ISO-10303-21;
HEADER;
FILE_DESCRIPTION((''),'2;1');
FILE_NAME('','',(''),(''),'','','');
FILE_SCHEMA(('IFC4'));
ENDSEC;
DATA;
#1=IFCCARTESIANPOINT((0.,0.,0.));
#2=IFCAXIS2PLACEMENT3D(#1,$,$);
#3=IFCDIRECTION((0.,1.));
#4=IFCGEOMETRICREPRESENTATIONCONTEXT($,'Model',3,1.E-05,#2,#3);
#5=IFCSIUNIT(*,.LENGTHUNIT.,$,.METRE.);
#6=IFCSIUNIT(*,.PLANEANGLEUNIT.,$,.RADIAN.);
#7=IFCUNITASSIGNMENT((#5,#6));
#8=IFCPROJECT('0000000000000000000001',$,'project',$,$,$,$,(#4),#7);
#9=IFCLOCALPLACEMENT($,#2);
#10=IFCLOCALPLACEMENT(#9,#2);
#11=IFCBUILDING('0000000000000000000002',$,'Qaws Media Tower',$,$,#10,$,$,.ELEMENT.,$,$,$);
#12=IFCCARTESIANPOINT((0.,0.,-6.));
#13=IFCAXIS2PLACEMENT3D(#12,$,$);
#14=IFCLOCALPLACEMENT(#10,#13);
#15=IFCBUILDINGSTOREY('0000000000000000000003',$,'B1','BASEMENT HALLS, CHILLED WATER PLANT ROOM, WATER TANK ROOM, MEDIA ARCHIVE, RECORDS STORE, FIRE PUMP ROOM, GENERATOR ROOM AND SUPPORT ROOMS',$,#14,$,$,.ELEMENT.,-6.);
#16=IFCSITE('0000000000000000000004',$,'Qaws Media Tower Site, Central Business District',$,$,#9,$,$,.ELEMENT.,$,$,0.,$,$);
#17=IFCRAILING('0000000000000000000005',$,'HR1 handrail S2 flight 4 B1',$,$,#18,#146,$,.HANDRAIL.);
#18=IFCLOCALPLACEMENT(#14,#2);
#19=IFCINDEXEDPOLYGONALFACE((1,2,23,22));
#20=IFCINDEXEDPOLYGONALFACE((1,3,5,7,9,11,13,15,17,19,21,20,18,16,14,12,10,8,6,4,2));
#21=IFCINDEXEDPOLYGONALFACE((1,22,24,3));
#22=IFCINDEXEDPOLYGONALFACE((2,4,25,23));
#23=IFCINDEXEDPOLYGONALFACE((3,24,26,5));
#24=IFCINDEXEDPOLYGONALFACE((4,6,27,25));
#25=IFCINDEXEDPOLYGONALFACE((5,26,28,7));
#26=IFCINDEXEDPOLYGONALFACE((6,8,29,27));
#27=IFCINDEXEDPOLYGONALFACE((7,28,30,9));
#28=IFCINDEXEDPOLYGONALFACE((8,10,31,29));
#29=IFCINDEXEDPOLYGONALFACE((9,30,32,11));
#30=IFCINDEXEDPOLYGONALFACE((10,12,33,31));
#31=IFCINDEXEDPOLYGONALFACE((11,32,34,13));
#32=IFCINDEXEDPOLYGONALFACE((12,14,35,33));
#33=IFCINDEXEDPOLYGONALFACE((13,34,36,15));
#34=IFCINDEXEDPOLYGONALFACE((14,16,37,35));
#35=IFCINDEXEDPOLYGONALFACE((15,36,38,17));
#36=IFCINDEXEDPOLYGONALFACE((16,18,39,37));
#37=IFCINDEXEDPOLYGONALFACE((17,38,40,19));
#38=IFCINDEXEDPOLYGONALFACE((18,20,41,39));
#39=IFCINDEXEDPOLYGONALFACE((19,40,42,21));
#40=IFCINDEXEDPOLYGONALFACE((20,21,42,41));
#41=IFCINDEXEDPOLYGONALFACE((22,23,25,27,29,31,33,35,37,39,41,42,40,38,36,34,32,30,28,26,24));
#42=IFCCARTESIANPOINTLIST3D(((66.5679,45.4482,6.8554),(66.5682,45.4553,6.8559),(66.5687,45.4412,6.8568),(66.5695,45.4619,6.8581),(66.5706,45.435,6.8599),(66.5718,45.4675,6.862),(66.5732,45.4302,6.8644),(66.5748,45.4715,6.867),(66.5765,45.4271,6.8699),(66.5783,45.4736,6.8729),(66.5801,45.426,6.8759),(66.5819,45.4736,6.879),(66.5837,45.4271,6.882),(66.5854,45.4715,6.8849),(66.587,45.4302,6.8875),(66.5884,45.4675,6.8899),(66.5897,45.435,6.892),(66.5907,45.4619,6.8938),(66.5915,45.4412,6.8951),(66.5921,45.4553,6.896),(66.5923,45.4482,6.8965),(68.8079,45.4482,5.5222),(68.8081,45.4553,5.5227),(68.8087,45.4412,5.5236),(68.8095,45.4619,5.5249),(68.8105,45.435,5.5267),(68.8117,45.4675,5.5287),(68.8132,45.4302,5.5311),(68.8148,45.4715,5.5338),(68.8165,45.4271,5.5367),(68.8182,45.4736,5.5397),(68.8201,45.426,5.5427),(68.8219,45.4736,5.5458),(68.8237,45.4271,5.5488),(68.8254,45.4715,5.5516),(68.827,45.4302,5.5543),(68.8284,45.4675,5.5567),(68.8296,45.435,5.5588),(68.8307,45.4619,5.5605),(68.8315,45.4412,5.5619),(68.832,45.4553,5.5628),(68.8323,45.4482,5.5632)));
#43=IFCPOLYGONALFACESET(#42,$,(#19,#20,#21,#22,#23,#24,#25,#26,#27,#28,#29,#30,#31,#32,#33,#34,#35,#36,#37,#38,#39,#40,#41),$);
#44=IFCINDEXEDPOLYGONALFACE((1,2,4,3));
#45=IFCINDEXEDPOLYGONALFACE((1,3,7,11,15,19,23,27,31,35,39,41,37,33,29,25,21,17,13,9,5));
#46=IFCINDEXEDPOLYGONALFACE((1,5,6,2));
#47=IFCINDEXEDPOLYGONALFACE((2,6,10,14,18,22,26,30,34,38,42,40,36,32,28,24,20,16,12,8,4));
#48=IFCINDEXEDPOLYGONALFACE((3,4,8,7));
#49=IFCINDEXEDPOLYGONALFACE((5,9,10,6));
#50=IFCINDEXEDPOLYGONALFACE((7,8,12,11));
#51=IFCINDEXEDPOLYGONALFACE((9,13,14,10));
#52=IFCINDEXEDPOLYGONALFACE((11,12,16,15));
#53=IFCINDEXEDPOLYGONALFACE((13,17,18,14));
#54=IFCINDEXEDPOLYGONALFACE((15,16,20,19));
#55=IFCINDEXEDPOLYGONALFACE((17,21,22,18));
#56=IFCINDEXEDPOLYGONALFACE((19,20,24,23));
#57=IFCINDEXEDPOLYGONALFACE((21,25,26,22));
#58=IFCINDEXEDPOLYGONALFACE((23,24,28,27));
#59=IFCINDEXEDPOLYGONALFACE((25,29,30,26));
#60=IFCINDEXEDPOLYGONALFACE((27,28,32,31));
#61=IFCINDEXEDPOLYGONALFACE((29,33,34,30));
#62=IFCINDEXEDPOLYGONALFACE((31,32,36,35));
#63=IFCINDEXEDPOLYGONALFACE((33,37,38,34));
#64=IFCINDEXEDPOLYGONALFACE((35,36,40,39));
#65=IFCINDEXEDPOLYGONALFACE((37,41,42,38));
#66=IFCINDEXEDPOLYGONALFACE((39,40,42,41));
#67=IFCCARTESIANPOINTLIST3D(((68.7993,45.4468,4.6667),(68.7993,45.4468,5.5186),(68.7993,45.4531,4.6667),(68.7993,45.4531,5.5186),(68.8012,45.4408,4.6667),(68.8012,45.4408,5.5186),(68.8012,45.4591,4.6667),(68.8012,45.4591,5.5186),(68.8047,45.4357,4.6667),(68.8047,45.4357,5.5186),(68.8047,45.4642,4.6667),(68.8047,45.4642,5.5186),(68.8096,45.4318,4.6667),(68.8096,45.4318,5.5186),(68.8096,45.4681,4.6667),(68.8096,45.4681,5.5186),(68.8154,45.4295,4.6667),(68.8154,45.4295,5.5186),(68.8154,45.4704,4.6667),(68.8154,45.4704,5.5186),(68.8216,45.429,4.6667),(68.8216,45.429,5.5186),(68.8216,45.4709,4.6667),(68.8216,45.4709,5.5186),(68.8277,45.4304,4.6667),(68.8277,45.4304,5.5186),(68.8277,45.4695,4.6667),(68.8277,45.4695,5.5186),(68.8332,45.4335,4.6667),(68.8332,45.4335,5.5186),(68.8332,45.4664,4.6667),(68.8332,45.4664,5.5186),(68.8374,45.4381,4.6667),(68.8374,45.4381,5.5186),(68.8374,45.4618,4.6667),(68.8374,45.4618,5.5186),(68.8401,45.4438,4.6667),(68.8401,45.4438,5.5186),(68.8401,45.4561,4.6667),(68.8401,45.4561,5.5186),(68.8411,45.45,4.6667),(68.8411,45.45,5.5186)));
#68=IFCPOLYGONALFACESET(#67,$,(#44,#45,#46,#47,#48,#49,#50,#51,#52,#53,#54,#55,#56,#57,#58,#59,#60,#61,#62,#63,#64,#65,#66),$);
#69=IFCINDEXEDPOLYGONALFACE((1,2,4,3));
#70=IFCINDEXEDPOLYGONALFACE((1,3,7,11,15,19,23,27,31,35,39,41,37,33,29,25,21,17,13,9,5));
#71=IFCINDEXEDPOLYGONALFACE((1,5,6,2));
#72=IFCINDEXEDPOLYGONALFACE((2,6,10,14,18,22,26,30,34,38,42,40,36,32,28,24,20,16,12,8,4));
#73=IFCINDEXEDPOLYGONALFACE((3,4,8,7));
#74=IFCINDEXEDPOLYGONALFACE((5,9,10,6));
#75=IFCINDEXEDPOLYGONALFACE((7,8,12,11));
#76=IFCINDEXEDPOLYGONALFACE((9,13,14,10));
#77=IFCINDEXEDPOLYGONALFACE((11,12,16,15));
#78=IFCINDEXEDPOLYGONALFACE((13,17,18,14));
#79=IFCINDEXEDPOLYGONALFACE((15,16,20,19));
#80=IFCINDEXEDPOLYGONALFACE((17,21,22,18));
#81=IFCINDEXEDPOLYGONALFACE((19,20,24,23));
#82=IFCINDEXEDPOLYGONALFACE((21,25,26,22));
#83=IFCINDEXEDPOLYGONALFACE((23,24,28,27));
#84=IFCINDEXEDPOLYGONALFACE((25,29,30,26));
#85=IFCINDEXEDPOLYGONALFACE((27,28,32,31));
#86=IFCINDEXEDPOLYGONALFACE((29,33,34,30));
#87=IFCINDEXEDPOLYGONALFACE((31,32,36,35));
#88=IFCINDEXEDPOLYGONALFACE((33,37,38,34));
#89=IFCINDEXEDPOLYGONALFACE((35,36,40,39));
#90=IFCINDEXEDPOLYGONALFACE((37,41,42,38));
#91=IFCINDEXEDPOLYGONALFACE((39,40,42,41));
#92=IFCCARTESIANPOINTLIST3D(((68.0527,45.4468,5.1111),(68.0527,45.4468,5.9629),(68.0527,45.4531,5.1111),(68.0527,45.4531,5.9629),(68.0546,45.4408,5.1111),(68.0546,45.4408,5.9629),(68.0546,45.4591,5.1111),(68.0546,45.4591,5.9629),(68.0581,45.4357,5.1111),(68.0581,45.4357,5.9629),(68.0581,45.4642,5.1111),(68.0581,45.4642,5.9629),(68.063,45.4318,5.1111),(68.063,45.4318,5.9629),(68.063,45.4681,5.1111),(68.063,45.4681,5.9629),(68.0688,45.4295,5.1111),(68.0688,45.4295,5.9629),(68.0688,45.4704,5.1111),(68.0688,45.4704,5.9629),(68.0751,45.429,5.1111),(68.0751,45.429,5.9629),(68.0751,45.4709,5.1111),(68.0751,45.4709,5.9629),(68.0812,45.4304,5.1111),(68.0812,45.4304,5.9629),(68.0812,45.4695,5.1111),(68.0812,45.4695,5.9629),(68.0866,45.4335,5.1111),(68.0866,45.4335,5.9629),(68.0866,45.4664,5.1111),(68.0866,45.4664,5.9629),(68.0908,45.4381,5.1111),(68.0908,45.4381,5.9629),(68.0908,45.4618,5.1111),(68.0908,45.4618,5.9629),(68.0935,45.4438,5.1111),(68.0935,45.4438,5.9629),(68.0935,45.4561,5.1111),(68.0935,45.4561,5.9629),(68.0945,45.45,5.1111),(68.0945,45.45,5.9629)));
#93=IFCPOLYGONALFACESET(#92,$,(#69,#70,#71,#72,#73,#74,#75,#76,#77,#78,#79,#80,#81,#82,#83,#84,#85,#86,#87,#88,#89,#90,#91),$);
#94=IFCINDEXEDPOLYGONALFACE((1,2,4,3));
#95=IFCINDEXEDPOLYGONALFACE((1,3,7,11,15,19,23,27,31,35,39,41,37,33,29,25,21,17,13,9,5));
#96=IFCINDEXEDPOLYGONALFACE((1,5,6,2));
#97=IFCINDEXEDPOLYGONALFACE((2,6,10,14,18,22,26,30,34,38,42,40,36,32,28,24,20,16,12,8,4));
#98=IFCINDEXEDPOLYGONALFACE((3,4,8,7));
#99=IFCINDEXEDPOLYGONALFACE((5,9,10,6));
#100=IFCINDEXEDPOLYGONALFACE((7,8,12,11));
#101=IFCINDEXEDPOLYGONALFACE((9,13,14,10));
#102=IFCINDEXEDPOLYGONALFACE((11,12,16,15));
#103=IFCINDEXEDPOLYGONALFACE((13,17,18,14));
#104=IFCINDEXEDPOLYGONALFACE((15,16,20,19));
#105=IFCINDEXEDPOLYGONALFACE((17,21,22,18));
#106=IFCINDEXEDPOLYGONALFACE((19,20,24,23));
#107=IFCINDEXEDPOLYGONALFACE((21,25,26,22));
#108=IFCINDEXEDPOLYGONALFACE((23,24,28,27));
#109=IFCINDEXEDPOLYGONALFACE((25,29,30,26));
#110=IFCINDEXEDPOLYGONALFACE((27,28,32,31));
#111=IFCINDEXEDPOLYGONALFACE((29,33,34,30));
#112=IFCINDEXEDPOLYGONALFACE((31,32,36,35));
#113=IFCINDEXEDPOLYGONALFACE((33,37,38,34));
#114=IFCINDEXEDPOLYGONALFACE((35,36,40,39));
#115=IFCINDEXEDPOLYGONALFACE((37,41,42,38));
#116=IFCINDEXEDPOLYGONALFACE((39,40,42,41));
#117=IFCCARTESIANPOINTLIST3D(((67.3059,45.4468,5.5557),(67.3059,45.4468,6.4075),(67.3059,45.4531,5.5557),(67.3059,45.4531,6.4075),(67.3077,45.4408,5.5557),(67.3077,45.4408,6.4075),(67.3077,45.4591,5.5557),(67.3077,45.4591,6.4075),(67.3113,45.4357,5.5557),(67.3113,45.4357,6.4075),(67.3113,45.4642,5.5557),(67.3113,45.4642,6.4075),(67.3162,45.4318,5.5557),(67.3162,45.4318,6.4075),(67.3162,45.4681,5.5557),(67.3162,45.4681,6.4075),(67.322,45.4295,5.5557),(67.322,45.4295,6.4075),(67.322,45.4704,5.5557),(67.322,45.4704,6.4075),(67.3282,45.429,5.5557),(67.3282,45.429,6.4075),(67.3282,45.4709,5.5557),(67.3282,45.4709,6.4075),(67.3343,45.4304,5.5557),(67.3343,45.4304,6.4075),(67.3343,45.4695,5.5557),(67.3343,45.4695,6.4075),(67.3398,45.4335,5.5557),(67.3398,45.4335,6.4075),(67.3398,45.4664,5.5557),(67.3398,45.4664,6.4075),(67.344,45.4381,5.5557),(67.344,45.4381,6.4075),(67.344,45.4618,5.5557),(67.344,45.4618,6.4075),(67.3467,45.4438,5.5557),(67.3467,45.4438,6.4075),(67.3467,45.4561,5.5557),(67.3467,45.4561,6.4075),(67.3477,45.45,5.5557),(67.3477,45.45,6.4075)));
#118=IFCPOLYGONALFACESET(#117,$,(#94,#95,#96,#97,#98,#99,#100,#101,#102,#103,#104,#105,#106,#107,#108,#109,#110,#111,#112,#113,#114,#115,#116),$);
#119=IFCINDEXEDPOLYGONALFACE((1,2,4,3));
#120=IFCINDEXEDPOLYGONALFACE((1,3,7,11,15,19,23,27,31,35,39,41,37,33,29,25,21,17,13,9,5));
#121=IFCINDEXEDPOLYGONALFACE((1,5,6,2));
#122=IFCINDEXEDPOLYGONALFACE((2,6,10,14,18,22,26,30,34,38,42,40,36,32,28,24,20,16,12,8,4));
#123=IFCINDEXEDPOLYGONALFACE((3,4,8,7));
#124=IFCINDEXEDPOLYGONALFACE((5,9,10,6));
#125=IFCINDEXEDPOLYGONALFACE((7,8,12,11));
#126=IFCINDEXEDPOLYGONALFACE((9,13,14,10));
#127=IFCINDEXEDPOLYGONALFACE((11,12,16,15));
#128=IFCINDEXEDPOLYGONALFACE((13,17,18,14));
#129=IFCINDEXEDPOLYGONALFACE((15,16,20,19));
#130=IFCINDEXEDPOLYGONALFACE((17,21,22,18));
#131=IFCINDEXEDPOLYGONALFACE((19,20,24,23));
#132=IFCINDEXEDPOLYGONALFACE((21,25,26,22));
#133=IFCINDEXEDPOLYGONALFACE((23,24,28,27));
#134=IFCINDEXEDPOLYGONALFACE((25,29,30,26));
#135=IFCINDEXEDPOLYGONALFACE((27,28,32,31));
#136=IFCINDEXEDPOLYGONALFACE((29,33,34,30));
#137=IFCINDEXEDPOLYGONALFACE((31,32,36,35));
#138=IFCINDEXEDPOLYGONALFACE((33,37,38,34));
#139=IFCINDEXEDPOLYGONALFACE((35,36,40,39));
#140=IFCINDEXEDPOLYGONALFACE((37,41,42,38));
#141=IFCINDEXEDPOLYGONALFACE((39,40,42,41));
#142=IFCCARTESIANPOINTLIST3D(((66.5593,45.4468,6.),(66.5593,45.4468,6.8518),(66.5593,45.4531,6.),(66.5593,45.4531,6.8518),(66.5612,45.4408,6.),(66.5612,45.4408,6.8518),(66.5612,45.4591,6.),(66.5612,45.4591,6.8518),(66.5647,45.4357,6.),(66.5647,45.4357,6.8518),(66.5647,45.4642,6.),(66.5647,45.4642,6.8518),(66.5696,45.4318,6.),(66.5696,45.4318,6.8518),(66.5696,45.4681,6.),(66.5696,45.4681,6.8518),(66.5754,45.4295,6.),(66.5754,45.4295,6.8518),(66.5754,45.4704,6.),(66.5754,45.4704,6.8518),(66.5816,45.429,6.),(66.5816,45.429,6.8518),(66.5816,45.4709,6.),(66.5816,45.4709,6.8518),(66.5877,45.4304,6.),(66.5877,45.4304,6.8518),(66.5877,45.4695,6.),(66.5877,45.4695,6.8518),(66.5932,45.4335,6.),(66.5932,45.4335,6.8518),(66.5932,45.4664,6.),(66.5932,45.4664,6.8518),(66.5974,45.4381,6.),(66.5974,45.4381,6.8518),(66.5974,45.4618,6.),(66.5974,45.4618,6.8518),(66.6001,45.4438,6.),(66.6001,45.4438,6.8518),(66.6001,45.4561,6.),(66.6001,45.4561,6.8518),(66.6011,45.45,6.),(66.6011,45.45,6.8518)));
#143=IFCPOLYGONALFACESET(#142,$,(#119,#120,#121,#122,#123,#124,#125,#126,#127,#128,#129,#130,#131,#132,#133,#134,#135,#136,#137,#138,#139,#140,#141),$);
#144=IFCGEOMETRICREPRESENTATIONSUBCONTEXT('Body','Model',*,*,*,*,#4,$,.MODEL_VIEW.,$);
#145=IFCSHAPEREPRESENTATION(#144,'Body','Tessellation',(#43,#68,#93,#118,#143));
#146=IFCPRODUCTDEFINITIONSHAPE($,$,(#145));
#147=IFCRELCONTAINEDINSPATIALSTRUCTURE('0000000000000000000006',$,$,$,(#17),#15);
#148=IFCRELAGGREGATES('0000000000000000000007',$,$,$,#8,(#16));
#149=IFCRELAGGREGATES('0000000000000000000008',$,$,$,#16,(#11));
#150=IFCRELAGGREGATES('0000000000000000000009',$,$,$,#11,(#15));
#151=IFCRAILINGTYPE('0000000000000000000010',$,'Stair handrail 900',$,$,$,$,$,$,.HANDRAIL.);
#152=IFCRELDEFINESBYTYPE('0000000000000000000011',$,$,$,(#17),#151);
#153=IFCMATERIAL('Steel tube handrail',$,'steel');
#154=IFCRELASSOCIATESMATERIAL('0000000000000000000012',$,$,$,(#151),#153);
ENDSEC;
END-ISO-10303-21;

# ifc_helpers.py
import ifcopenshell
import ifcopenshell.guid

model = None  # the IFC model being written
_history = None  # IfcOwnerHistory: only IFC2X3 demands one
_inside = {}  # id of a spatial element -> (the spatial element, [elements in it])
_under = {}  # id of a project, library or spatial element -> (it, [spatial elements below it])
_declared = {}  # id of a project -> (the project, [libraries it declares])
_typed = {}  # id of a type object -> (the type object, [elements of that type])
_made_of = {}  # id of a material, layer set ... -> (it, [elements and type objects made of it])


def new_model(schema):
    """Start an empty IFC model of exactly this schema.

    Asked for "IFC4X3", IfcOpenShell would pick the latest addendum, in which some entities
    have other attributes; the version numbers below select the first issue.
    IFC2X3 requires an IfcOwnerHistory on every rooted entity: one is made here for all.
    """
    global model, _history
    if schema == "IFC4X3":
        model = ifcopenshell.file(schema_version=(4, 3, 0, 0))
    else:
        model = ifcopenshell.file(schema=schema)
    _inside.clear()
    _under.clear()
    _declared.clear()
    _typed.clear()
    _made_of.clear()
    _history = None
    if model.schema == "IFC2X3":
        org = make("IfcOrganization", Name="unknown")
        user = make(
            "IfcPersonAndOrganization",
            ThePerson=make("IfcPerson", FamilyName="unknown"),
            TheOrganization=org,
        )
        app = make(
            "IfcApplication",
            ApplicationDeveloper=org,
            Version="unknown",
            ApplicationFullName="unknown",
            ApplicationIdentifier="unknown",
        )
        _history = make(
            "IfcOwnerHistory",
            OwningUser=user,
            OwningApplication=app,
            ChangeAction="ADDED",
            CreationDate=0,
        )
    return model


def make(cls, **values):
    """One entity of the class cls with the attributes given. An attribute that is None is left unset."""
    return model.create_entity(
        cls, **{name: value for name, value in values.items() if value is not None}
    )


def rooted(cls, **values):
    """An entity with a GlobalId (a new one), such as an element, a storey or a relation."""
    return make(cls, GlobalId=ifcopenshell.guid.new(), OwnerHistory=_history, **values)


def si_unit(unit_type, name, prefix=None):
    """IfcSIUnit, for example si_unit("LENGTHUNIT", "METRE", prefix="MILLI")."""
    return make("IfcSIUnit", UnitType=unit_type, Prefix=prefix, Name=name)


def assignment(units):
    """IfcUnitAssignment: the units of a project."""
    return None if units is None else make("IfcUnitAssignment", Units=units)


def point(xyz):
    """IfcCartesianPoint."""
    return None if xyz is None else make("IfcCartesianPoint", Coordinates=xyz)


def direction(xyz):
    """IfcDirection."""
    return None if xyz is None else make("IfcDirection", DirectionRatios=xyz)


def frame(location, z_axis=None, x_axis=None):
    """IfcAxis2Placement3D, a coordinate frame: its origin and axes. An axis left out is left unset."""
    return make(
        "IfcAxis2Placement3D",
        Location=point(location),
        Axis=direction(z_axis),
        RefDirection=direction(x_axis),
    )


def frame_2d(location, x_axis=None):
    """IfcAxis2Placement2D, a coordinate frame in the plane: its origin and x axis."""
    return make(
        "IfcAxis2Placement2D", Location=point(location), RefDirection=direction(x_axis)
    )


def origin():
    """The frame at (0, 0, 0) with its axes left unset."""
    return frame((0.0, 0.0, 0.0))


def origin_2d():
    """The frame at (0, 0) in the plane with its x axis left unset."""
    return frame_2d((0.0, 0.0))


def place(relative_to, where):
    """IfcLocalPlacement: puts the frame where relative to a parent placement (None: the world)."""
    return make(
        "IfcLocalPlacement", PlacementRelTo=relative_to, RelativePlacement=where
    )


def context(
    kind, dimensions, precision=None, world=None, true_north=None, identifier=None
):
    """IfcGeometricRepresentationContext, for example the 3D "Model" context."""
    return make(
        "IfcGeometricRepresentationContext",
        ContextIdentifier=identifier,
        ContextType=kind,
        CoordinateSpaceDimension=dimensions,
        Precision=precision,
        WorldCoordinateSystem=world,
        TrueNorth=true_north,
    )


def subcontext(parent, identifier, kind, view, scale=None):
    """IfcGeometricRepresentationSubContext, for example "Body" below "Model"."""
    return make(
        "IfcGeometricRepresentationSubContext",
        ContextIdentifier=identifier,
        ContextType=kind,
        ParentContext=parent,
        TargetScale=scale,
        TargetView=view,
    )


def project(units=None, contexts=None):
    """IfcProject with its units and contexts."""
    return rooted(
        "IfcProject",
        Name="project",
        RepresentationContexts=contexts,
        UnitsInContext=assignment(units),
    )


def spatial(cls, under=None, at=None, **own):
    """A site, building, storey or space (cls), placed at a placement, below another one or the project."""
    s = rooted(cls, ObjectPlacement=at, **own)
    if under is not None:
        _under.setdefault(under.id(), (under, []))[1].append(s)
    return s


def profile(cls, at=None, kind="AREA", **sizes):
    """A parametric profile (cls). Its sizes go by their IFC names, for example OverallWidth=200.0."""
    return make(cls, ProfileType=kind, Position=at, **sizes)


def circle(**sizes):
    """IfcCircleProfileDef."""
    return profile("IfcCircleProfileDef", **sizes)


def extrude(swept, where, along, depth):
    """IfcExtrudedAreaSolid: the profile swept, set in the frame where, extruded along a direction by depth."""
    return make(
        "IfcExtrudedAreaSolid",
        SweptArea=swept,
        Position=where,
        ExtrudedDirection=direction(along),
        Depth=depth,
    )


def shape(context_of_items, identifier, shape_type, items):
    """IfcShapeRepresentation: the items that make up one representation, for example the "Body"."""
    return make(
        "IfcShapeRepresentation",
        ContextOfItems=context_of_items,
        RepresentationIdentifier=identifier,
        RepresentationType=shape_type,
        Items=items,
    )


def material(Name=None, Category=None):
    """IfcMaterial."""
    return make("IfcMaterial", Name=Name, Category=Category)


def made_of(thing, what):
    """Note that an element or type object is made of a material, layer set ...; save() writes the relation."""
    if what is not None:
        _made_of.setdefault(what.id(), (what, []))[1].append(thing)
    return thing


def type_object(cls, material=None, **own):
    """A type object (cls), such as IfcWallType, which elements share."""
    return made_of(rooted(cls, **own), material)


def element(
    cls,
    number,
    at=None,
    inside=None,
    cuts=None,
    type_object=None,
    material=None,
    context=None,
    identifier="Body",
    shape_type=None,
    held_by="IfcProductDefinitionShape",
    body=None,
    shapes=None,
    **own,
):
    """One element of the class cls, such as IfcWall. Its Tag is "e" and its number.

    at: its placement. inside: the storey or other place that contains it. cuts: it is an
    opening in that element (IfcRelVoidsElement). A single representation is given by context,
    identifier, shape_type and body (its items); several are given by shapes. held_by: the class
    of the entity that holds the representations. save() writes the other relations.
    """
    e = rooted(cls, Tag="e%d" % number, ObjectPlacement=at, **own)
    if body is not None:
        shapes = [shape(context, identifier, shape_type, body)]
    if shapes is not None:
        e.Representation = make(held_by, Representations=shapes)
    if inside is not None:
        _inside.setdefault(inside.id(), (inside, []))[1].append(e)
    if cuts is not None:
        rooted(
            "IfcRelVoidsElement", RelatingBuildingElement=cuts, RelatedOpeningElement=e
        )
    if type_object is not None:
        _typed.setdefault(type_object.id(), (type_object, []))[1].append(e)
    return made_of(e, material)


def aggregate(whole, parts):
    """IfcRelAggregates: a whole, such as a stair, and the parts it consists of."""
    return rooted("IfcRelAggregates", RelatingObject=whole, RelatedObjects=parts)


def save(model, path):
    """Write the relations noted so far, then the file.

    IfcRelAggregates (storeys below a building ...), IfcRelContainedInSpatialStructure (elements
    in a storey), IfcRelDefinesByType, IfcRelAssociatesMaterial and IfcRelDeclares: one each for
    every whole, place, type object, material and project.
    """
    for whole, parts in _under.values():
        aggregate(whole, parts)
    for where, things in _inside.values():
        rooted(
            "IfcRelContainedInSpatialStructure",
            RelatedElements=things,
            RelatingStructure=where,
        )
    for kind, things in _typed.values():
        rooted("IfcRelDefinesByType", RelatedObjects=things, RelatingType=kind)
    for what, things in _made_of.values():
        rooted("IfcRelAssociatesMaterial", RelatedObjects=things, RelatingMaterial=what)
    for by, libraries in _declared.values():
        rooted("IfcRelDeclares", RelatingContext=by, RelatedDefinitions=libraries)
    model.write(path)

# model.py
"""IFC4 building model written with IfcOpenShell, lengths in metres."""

from ifc_helpers import new_model, si_unit, direction, frame, origin, origin_2d, place, context, subcontext, project, spatial, circle, extrude, material, type_object, element, save


model = new_model("IFC4")

# Units and contexts
model_context = context("Model", 3, precision=1e-05, world=origin(), true_north=direction((0.0, 1.0)))
body_context = subcontext(model_context, "Body", "Model", "MODEL_VIEW")
ifc_project = project(units=[si_unit("LENGTHUNIT", "METRE"), si_unit("PLANEANGLEUNIT", "RADIAN")], contexts=[model_context])

# Site, building, storey
site_placement = place(None, origin())
site = spatial("IfcSite", under=ifc_project, at=site_placement, Name="Qaws Media Tower Site, Central Business District", CompositionType="ELEMENT", RefElevation=0.0)
building_placement = place(site_placement, origin())
building = spatial("IfcBuilding", under=site, at=building_placement, Name="Qaws Media Tower", CompositionType="ELEMENT")
storey_placement = place(building_placement, frame((0.0, 0.0, -6.0)))
storey = spatial("IfcBuildingStorey", under=building, at=storey_placement, Name="B1", Description="BASEMENT HALLS, CHILLED WATER PLANT ROOM, WATER TANK ROOM, MEDIA ARCHIVE, RECORDS STORE, FIRE PUMP ROOM, GENERATOR ROOM AND SUPPORT ROOMS", CompositionType="ELEMENT", Elevation=-6.0)

# Railing
ifc_material_1 = material(Name="Steel tube handrail", Category="steel")
railing_type = type_object("IfcRailingType", Name="Stair handrail 900", PredefinedType="HANDRAIL", material=ifc_material_1)
for number, where, name in (
    (1, (68.8201, 45.45, 4.6667), "HR1 handrail S2 flight 4 B1"),
):
    element("IfcRailing", number, at=place(storey_placement, frame(where)), inside=storey, type_object=railing_type, Name=name, PredefinedType="HANDRAIL", context=body_context, shape_type="SweptSolid", body=[
        extrude(circle(Radius=0.0239, at=origin_2d()), frame((0.0, 0.0, 0.876), z_axis=(-0.859306, 0.0, 0.511462), x_axis=(0.0, -1.0, 0.0)), (0.0, 0.0, 1.0), 2.6067),
        extrude(circle(Radius=0.021, at=origin_2d()), origin(), (0.0, 0.0, 1.0), 0.8518),
        extrude(circle(Radius=0.021, at=origin_2d()), frame((-0.7466, 0.0, 0.4443)), (0.0, 0.0, 1.0), 0.8518),
        extrude(circle(Radius=0.021, at=origin_2d()), frame((-1.4934, 0.0, 0.8889)), (0.0, 0.0, 1.0), 0.8518),
        extrude(circle(Radius=0.021, at=origin_2d()), frame((-2.24, 0.0, 1.3333)), (0.0, 0.0, 1.0), 0.8518),
    ])

save(model, "model.ifc")
